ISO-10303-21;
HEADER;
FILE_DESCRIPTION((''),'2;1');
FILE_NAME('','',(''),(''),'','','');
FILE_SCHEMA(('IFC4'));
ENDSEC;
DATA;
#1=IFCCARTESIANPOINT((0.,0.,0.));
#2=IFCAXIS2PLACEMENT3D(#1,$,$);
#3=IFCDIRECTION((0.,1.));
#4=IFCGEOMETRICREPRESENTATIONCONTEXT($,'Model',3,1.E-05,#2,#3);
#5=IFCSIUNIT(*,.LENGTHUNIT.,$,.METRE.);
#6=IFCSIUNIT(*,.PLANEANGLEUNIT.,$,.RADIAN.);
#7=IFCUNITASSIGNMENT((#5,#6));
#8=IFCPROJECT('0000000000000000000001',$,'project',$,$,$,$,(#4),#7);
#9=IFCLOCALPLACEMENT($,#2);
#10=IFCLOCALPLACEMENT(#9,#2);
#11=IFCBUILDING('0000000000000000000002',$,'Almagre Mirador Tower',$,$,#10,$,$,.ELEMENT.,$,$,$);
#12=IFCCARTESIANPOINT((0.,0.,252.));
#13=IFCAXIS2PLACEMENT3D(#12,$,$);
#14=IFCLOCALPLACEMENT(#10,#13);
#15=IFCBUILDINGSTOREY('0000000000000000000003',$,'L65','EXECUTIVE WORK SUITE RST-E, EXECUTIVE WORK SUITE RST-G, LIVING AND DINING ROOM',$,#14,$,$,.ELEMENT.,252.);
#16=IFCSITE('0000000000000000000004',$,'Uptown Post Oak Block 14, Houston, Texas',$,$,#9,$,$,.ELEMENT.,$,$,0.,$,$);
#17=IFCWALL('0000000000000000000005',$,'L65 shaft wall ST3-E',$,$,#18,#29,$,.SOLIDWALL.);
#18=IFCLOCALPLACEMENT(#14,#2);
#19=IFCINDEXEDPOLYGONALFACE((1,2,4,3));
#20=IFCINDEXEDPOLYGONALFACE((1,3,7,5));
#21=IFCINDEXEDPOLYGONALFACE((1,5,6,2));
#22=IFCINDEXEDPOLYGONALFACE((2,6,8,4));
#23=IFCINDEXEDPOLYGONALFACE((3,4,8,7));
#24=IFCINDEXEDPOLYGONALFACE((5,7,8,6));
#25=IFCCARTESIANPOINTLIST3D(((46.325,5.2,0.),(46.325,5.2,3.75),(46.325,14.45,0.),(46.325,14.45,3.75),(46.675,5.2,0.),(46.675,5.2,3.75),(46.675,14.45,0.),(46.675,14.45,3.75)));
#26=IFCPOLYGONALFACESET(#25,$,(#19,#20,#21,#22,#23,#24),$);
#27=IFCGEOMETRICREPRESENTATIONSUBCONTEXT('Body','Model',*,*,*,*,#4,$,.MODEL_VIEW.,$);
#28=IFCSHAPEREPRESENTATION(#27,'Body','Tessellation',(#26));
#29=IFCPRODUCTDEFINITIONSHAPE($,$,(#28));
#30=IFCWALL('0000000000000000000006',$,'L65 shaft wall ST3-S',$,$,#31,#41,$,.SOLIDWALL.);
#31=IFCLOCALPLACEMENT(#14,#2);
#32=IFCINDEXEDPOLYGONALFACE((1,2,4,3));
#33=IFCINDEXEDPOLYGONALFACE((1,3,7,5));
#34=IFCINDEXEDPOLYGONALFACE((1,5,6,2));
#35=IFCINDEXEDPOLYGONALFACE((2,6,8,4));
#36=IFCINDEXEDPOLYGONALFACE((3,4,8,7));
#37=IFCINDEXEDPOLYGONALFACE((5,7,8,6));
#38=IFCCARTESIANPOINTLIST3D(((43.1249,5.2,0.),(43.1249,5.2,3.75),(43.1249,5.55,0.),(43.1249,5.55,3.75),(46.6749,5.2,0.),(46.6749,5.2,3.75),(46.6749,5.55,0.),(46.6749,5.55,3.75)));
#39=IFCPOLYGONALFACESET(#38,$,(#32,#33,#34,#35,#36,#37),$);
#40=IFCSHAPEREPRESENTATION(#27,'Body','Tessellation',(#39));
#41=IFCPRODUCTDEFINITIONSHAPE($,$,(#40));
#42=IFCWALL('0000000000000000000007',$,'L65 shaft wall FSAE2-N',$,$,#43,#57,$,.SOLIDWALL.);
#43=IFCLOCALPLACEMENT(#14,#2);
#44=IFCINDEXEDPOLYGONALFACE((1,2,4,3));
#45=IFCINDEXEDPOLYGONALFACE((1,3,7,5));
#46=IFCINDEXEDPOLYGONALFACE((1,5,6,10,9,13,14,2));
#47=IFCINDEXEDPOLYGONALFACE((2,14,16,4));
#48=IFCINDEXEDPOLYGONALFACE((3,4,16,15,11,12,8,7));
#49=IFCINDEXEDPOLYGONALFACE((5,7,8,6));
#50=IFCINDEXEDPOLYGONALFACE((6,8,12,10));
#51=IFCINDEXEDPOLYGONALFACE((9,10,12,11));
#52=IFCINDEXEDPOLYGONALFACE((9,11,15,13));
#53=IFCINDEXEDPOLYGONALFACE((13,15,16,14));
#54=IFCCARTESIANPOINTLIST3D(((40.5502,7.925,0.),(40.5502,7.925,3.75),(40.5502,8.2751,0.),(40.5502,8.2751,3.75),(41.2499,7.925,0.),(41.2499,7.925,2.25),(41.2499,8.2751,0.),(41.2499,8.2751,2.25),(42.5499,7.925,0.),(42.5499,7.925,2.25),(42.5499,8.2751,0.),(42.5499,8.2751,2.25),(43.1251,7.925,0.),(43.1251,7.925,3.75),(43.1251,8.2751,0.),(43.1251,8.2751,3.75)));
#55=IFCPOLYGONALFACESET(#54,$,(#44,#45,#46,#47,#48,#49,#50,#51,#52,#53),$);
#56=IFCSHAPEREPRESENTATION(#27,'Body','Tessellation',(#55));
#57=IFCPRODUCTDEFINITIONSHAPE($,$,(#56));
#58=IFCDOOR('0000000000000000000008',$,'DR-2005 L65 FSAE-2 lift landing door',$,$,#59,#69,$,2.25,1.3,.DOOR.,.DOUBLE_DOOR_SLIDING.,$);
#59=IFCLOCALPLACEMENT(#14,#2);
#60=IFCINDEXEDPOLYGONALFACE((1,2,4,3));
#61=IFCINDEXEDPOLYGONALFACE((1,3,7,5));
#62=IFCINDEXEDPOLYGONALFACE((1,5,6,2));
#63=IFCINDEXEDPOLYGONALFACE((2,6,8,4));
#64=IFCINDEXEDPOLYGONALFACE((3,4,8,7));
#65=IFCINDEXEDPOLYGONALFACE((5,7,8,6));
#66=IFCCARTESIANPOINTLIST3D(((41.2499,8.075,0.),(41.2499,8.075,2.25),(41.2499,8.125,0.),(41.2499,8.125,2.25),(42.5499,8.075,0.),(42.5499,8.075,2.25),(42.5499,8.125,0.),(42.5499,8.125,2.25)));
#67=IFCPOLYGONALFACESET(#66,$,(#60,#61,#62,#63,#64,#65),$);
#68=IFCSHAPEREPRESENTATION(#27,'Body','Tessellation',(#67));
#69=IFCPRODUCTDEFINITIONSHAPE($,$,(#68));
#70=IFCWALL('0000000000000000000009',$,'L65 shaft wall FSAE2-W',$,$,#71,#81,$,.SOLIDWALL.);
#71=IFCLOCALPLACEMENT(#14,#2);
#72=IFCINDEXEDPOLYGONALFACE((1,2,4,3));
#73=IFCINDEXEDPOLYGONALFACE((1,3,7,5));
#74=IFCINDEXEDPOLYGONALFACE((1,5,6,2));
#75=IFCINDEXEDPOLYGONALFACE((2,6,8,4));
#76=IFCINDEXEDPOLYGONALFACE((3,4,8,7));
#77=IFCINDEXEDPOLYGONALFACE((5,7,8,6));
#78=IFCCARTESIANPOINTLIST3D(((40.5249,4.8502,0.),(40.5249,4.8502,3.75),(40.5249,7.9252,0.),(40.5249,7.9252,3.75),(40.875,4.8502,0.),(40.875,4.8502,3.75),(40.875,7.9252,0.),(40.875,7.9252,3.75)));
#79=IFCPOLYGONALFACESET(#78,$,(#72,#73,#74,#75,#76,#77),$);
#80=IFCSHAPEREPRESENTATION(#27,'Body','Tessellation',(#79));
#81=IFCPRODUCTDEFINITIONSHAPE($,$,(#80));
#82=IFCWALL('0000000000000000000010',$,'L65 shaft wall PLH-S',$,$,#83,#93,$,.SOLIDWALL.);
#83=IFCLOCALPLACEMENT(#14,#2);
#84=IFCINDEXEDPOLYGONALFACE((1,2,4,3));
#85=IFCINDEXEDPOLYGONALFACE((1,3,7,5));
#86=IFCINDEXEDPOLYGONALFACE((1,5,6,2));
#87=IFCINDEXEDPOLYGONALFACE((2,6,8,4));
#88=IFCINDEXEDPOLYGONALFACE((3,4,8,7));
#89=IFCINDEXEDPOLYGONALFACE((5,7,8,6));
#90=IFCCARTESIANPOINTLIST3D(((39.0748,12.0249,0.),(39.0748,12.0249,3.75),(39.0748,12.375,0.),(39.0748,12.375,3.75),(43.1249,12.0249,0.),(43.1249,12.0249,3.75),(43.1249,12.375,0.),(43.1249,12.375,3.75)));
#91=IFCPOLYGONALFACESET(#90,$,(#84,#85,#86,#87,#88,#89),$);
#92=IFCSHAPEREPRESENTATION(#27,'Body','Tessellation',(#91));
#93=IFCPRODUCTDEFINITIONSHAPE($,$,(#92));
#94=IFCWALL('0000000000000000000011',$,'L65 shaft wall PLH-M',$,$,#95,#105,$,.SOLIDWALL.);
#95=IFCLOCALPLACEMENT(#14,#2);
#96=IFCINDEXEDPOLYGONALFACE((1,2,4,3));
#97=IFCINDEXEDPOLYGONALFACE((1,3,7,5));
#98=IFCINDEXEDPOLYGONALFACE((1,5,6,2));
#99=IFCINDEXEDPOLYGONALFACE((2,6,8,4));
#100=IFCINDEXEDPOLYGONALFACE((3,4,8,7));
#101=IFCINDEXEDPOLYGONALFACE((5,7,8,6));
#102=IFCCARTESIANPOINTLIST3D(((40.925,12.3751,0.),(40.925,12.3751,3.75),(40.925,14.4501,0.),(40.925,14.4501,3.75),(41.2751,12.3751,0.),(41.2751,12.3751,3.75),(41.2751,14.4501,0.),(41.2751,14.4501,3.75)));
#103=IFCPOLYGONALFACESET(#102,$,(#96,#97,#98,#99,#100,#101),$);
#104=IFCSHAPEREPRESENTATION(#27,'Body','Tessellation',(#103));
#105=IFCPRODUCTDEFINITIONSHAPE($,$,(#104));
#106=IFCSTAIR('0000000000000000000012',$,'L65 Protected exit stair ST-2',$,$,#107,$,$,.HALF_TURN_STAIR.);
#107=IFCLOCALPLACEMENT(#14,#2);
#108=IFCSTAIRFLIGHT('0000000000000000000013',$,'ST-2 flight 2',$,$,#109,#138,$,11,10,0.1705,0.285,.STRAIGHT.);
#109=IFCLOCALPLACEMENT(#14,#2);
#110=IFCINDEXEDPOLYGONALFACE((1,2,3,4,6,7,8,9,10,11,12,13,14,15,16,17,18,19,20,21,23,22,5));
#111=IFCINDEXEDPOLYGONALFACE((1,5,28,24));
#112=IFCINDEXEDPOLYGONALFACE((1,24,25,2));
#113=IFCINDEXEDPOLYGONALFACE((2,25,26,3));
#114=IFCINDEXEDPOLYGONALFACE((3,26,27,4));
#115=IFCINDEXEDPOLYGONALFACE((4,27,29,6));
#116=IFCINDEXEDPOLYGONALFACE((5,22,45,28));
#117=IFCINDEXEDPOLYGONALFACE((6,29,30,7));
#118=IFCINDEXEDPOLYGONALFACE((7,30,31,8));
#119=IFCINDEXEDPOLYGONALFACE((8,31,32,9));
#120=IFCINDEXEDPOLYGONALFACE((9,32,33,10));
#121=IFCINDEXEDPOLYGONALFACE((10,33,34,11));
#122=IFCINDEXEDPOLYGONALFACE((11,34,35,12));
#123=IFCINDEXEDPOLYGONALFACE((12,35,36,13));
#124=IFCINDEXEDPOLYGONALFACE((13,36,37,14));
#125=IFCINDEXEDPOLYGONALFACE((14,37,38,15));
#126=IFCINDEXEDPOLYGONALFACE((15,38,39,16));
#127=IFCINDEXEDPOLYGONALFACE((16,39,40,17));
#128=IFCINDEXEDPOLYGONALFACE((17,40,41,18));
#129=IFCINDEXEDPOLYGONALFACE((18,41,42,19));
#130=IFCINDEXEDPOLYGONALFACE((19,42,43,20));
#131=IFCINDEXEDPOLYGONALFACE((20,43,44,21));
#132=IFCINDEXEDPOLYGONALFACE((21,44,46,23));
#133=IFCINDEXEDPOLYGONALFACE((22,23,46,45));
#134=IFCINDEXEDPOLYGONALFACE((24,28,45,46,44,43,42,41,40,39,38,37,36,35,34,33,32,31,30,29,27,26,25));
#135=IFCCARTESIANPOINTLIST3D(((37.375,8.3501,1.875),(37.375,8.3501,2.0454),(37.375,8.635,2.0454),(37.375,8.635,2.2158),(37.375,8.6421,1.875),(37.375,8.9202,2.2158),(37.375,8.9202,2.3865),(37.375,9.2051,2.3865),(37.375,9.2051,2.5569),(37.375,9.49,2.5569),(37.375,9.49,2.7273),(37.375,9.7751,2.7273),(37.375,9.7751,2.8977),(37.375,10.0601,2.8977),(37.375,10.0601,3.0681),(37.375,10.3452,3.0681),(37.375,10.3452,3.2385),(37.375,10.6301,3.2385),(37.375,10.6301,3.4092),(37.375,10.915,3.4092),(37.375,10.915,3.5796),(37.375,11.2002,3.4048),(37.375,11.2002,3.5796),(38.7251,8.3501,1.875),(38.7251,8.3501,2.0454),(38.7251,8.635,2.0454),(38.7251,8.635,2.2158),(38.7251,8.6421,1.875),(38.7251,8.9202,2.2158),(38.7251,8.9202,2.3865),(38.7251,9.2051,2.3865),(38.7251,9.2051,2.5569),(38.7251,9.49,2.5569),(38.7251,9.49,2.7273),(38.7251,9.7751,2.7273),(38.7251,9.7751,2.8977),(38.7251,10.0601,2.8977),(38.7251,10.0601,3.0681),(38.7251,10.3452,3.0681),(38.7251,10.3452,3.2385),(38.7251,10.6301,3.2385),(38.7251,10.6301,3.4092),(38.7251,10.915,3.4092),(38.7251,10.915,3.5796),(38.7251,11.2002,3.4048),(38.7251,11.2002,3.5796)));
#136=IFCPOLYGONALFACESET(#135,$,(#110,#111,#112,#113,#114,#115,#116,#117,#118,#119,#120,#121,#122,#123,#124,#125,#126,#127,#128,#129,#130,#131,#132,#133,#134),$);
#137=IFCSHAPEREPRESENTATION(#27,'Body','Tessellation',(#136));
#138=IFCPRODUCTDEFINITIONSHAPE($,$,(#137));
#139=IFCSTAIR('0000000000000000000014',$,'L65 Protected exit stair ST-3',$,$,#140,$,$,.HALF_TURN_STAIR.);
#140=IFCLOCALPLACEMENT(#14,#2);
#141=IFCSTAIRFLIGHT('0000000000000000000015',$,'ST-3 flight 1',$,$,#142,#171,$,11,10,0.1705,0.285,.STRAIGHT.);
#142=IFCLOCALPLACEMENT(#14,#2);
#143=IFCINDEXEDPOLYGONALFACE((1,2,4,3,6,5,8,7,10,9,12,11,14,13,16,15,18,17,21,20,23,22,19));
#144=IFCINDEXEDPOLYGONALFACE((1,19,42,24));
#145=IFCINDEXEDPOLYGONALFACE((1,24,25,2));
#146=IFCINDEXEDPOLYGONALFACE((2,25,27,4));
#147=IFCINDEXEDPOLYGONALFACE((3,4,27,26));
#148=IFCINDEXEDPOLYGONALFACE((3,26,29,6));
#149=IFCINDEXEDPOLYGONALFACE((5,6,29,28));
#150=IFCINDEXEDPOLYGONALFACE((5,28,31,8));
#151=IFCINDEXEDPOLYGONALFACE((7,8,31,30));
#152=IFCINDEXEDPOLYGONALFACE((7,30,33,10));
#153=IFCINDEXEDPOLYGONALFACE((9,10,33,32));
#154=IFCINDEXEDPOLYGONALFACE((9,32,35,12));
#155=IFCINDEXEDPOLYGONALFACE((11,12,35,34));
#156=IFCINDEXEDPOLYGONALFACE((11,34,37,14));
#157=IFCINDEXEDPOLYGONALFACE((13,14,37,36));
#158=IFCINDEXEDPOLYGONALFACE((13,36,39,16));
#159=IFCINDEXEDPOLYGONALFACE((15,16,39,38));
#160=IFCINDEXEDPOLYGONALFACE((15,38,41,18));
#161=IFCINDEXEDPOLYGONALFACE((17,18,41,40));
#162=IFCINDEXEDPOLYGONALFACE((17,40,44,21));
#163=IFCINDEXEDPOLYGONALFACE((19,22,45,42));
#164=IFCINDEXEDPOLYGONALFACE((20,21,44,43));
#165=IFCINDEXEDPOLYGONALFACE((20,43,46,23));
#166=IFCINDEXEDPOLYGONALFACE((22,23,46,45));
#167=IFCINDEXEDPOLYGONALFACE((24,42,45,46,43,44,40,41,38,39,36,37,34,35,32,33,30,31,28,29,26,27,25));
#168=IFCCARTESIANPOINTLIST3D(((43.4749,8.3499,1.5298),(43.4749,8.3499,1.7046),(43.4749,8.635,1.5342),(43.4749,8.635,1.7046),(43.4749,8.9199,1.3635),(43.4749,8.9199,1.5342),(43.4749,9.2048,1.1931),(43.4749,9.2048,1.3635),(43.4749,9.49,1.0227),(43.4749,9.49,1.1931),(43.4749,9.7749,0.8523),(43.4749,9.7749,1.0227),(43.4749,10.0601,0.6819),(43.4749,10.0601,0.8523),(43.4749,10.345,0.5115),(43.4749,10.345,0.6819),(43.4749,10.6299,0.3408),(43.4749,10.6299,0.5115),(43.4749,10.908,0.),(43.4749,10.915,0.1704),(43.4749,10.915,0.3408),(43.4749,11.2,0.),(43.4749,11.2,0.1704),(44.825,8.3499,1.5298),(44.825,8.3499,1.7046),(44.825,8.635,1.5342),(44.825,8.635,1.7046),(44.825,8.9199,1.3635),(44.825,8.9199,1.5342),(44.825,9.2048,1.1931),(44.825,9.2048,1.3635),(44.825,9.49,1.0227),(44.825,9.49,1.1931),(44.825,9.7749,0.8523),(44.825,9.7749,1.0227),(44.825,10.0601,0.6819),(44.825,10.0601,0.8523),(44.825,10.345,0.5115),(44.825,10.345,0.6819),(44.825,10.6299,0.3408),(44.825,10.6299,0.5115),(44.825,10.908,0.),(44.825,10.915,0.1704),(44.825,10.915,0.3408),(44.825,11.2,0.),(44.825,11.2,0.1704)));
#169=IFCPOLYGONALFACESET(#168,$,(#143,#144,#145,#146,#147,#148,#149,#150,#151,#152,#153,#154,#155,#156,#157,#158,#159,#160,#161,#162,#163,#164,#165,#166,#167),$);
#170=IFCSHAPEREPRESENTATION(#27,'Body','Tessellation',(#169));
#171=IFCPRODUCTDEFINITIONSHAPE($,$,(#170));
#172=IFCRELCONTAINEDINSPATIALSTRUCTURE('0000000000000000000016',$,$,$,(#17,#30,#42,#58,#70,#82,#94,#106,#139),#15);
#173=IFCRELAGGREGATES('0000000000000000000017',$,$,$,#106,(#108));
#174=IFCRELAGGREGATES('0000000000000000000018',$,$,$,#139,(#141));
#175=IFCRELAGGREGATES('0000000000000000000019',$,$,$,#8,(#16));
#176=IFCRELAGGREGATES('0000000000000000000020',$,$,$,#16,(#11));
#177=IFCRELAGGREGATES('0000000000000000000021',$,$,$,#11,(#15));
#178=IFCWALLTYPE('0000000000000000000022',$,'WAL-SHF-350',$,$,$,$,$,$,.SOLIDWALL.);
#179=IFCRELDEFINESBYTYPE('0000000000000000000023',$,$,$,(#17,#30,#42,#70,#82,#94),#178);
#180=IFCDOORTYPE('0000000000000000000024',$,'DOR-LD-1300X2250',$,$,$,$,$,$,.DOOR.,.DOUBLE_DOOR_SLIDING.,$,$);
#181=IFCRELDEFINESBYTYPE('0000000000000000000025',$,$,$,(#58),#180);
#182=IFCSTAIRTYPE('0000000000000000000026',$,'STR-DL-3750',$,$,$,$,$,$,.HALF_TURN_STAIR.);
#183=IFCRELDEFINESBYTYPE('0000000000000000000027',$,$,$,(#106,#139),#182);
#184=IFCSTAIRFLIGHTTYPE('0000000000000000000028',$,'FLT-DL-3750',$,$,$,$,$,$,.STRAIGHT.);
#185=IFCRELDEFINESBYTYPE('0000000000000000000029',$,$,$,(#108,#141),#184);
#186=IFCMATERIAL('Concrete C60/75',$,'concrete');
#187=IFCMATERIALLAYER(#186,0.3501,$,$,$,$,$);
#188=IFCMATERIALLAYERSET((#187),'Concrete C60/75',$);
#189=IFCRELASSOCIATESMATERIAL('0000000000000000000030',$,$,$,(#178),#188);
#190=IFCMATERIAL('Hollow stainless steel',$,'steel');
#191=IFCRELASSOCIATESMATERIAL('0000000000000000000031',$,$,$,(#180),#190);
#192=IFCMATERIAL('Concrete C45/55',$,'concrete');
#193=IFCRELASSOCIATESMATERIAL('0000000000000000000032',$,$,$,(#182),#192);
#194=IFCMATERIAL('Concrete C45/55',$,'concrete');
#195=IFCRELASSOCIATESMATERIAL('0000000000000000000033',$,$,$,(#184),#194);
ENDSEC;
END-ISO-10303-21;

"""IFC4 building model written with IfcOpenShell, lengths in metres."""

from ifc_helpers import new_model, si_unit, direction, frame, frame_2d, origin, place, context, subcontext, project, spatial, polyline, rectangle, outline, extrude, material, layer, layer_set, type_object, element, fill, aggregate, save


model = new_model("IFC4")

# Units and contexts
model_context = context("Model", 3, precision=1e-05, world=origin(), true_north=direction((0.0, 1.0)))
body_context = subcontext(model_context, "Body", "Model", "MODEL_VIEW")
ifc_project = project(units=[si_unit("LENGTHUNIT", "METRE"), si_unit("PLANEANGLEUNIT", "RADIAN")], contexts=[model_context])

# Site, building, storey
site_placement = place(None, origin())
site = spatial("IfcSite", under=ifc_project, at=site_placement, Name="Uptown Post Oak Block 14, Houston, Texas", CompositionType="ELEMENT", RefElevation=0.0)
building_placement = place(site_placement, origin())
building = spatial("IfcBuilding", under=site, at=building_placement, Name="Almagre Mirador Tower", CompositionType="ELEMENT")
storey_placement = place(building_placement, frame((0.0, 0.0, 252.0)))
storey = spatial("IfcBuildingStorey", under=building, at=storey_placement, Name="L65", Description="EXECUTIVE WORK SUITE RST-E, EXECUTIVE WORK SUITE RST-G, LIVING AND DINING ROOM", CompositionType="ELEMENT", Elevation=252.0)

# Shared definitions
ifc_material_1 = material(Name="Concrete C60/75", Category="concrete")
ifc_layer_1 = layer(ifc_material_1, 0.3501)
ifc_layer_set_1 = layer_set([ifc_layer_1], Name="Concrete C60/75")
wall_type_1 = type_object("IfcWallType", Name="WAL-SHF-350", PredefinedType="SOLIDWALL", material=ifc_layer_set_1)

# Walls
wall_1_placement = place(storey_placement, frame((46.5, 5.2, 0.0), z_axis=(0.0, 0.0, 1.0), x_axis=(0.0, 1.0, 0.0)))
element("IfcWall", 1, at=wall_1_placement, inside=storey, type_object=wall_type_1, Name="L65 shaft wall ST3-E", PredefinedType="SOLIDWALL", context=body_context, shape_type="SweptSolid", body=[
    extrude(rectangle(XDim=9.25, YDim=0.3501, at=frame_2d((4.625, 0.0))), origin(), (0.0, 0.0, 1.0), 3.75),
])
wall_2_placement = place(storey_placement, frame((43.125, 5.375, 0.0), z_axis=(0.0, 0.0, 1.0), x_axis=(1.0, 0.0, 0.0)))
element("IfcWall", 2, at=wall_2_placement, inside=storey, type_object=wall_type_1, Name="L65 shaft wall ST3-S", PredefinedType="SOLIDWALL", context=body_context, shape_type="SweptSolid", body=[
    extrude(rectangle(XDim=3.55, YDim=0.3501, at=frame_2d((1.7749, 0.0))), origin(), (0.0, 0.0, 1.0), 3.75),
])

# Wall, opening, door
wall_3_placement = place(storey_placement, frame((40.55, 8.1001, 0.0), z_axis=(0.0, 0.0, 1.0), x_axis=(1.0, 0.0, 0.0)))
wall_3 = element("IfcWall", 3, at=wall_3_placement, inside=storey, type_object=wall_type_1, Name="L65 shaft wall FSAE2-N", PredefinedType="SOLIDWALL", context=body_context, shape_type="SweptSolid", body=[
    extrude(rectangle(XDim=2.575, YDim=0.3501, at=frame_2d((1.2876, 0.0))), origin(), (0.0, 0.0, 1.0), 3.75),
])
opening_1_placement = place(wall_3_placement, frame((0.7, 0.0, 0.0)))
opening_1 = element("IfcOpeningElement", 4, at=opening_1_placement, cuts=wall_3, PredefinedType="OPENING", context=body_context, shape_type="SweptSolid", body=[
    extrude(rectangle(XDim=1.3, YDim=2.25, at=frame_2d((0.6499, 1.125))), frame((0.0, 0.185, 0.0), z_axis=(0.0, -1.0, 0.0), x_axis=(1.0, 0.0, 0.0)), (0.0, 0.0, 1.0), 0.3701),
])
ifc_material_2 = material(Name="Hollow stainless steel", Category="steel")
door_type_1 = type_object("IfcDoorType", Name="DOR-LD-1300X2250", OperationType="DOUBLE_DOOR_SLIDING", PredefinedType="DOOR", material=ifc_material_2)
door_1_placement = place(opening_1_placement, origin())
door_1 = element("IfcDoor", 5, at=door_1_placement, inside=storey, type_object=door_type_1, Name="DR-2005 L65 FSAE-2 lift landing door", OperationType="DOUBLE_DOOR_SLIDING", OverallHeight=2.25, OverallWidth=1.3, PredefinedType="DOOR", context=body_context, shape_type="SweptSolid", body=[
    extrude(rectangle(XDim=1.3, YDim=2.25, at=frame_2d((0.6499, 1.125))), frame((0.0, 0.0249, 0.0), z_axis=(0.0, -1.0, 0.0), x_axis=(1.0, 0.0, 0.0)), (0.0, 0.0, 1.0), 0.05),
])
fill(opening_1, door_1)

# Walls
wall_4_placement = place(storey_placement, frame((40.7, 4.8501, 0.0), z_axis=(0.0, 0.0, 1.0), x_axis=(0.0, 1.0, 0.0)))
element("IfcWall", 6, at=wall_4_placement, inside=storey, type_object=wall_type_1, Name="L65 shaft wall FSAE2-W", PredefinedType="SOLIDWALL", context=body_context, shape_type="SweptSolid", body=[
    extrude(rectangle(XDim=3.075, YDim=0.3501, at=frame_2d((1.5376, 0.0))), origin(), (0.0, 0.0, 1.0), 3.75),
])
wall_5_placement = place(storey_placement, frame((39.075, 12.2, 0.0), z_axis=(0.0, 0.0, 1.0), x_axis=(1.0, 0.0, 0.0)))
element("IfcWall", 7, at=wall_5_placement, inside=storey, type_object=wall_type_1, Name="L65 shaft wall PLH-S", PredefinedType="SOLIDWALL", context=body_context, shape_type="SweptSolid", body=[
    extrude(rectangle(XDim=4.05, YDim=0.3501, at=frame_2d((2.0249, 0.0))), origin(), (0.0, 0.0, 1.0), 3.75),
])
wall_6_placement = place(storey_placement, frame((41.1001, 12.375, 0.0), z_axis=(0.0, 0.0, 1.0), x_axis=(0.0, 1.0, 0.0)))
element("IfcWall", 8, at=wall_6_placement, inside=storey, type_object=wall_type_1, Name="L65 shaft wall PLH-M", PredefinedType="SOLIDWALL", context=body_context, shape_type="SweptSolid", body=[
    extrude(rectangle(XDim=2.075, YDim=0.3501, at=frame_2d((1.0376, 0.0))), origin(), (0.0, 0.0, 1.0), 3.75),
])

# Stair, stair flight
ifc_material_3 = material(Name="Concrete C45/55", Category="concrete")
stair_type = type_object("IfcStairType", Name="STR-DL-3750", PredefinedType="HALF_TURN_STAIR", material=ifc_material_3)
stair_1_placement = place(storey_placement, origin())
stair_1 = element("IfcStair", 9, at=stair_1_placement, inside=storey, type_object=stair_type, Name="L65 Protected exit stair ST-2", PredefinedType="HALF_TURN_STAIR")
ifc_material_4 = material(Name="Concrete C45/55", Category="concrete")
stair_flight_type = type_object("IfcStairFlightType", Name="FLT-DL-3750", PredefinedType="STRAIGHT", material=ifc_material_4)
stair_flight_1_placement = place(storey_placement, frame((38.05, 8.3501, 1.875), z_axis=(0.0, 0.0, 1.0), x_axis=(0.0, 1.0, 0.0)))
stair_flight_1 = element("IfcStairFlight", 10, at=stair_flight_1_placement, type_object=stair_flight_type, Name="ST-2 flight 2", NumberOfRisers=11, NumberOfTreads=10, PredefinedType="STRAIGHT", RiserHeight=0.1705, TreadLength=0.285, context=body_context, shape_type="SweptSolid", body=[
    extrude(outline(polyline([(0.0, 0.0), (0.0, 0.1704), (0.2849, 0.1704), (0.2849, 0.3408), (0.5701, 0.3408), (0.5701, 0.5115), (0.855, 0.5115), (0.855, 0.6819), (1.1399, 0.6819), (1.1399, 0.8523), (1.425, 0.8523), (1.425, 1.0227), (1.71, 1.0227), (1.71, 1.1931), (1.9951, 1.1931), (1.9951, 1.3635), (2.28, 1.3635), (2.28, 1.5342), (2.5649, 1.5342), (2.5649, 1.7046), (2.8501, 1.7046), (2.8501, 1.875), (2.8501, 1.5298), (0.292, 0.0), (0.0, 0.0)])), frame((0.0, 0.675, 0.0), z_axis=(0.0, -1.0, 0.0), x_axis=(1.0, 0.0, 0.0)), (0.0, 0.0, 1.0), 1.3501),
])
aggregate(stair_1, [stair_flight_1])

# Stair, stair flight
stair_2_placement = place(storey_placement, origin())
stair_2 = element("IfcStair", 11, at=stair_2_placement, inside=storey, type_object=stair_type, Name="L65 Protected exit stair ST-3", PredefinedType="HALF_TURN_STAIR")
stair_flight_2_placement = place(storey_placement, frame((44.1499, 11.2, 0.0), z_axis=(0.0, 0.0, 1.0), x_axis=(0.0, -1.0, 0.0)))
stair_flight_2 = element("IfcStairFlight", 12, at=stair_flight_2_placement, type_object=stair_flight_type, Name="ST-3 flight 1", NumberOfRisers=11, NumberOfTreads=10, PredefinedType="STRAIGHT", RiserHeight=0.1705, TreadLength=0.285, context=body_context, shape_type="SweptSolid", body=[
    extrude(outline(polyline([(0.0, 0.0), (0.0, 0.1704), (0.2849, 0.1704), (0.2849, 0.3408), (0.5701, 0.3408), (0.5701, 0.5115), (0.855, 0.5115), (0.855, 0.6819), (1.1399, 0.6819), (1.1399, 0.8523), (1.425, 0.8523), (1.425, 1.0227), (1.71, 1.0227), (1.71, 1.1931), (1.9951, 1.1931), (1.9951, 1.3635), (2.28, 1.3635), (2.28, 1.5342), (2.5649, 1.5342), (2.5649, 1.7046), (2.8501, 1.7046), (2.8501, 1.875), (2.8501, 1.5298), (0.292, 0.0), (0.0, 0.0)])), frame((0.0, 0.675, 0.0), z_axis=(0.0, -1.0, 0.0), x_axis=(1.0, 0.0, 0.0)), (0.0, 0.0, 1.0), 1.3501),
])
aggregate(stair_2, [stair_flight_2])

save(model, "model.ifc")
